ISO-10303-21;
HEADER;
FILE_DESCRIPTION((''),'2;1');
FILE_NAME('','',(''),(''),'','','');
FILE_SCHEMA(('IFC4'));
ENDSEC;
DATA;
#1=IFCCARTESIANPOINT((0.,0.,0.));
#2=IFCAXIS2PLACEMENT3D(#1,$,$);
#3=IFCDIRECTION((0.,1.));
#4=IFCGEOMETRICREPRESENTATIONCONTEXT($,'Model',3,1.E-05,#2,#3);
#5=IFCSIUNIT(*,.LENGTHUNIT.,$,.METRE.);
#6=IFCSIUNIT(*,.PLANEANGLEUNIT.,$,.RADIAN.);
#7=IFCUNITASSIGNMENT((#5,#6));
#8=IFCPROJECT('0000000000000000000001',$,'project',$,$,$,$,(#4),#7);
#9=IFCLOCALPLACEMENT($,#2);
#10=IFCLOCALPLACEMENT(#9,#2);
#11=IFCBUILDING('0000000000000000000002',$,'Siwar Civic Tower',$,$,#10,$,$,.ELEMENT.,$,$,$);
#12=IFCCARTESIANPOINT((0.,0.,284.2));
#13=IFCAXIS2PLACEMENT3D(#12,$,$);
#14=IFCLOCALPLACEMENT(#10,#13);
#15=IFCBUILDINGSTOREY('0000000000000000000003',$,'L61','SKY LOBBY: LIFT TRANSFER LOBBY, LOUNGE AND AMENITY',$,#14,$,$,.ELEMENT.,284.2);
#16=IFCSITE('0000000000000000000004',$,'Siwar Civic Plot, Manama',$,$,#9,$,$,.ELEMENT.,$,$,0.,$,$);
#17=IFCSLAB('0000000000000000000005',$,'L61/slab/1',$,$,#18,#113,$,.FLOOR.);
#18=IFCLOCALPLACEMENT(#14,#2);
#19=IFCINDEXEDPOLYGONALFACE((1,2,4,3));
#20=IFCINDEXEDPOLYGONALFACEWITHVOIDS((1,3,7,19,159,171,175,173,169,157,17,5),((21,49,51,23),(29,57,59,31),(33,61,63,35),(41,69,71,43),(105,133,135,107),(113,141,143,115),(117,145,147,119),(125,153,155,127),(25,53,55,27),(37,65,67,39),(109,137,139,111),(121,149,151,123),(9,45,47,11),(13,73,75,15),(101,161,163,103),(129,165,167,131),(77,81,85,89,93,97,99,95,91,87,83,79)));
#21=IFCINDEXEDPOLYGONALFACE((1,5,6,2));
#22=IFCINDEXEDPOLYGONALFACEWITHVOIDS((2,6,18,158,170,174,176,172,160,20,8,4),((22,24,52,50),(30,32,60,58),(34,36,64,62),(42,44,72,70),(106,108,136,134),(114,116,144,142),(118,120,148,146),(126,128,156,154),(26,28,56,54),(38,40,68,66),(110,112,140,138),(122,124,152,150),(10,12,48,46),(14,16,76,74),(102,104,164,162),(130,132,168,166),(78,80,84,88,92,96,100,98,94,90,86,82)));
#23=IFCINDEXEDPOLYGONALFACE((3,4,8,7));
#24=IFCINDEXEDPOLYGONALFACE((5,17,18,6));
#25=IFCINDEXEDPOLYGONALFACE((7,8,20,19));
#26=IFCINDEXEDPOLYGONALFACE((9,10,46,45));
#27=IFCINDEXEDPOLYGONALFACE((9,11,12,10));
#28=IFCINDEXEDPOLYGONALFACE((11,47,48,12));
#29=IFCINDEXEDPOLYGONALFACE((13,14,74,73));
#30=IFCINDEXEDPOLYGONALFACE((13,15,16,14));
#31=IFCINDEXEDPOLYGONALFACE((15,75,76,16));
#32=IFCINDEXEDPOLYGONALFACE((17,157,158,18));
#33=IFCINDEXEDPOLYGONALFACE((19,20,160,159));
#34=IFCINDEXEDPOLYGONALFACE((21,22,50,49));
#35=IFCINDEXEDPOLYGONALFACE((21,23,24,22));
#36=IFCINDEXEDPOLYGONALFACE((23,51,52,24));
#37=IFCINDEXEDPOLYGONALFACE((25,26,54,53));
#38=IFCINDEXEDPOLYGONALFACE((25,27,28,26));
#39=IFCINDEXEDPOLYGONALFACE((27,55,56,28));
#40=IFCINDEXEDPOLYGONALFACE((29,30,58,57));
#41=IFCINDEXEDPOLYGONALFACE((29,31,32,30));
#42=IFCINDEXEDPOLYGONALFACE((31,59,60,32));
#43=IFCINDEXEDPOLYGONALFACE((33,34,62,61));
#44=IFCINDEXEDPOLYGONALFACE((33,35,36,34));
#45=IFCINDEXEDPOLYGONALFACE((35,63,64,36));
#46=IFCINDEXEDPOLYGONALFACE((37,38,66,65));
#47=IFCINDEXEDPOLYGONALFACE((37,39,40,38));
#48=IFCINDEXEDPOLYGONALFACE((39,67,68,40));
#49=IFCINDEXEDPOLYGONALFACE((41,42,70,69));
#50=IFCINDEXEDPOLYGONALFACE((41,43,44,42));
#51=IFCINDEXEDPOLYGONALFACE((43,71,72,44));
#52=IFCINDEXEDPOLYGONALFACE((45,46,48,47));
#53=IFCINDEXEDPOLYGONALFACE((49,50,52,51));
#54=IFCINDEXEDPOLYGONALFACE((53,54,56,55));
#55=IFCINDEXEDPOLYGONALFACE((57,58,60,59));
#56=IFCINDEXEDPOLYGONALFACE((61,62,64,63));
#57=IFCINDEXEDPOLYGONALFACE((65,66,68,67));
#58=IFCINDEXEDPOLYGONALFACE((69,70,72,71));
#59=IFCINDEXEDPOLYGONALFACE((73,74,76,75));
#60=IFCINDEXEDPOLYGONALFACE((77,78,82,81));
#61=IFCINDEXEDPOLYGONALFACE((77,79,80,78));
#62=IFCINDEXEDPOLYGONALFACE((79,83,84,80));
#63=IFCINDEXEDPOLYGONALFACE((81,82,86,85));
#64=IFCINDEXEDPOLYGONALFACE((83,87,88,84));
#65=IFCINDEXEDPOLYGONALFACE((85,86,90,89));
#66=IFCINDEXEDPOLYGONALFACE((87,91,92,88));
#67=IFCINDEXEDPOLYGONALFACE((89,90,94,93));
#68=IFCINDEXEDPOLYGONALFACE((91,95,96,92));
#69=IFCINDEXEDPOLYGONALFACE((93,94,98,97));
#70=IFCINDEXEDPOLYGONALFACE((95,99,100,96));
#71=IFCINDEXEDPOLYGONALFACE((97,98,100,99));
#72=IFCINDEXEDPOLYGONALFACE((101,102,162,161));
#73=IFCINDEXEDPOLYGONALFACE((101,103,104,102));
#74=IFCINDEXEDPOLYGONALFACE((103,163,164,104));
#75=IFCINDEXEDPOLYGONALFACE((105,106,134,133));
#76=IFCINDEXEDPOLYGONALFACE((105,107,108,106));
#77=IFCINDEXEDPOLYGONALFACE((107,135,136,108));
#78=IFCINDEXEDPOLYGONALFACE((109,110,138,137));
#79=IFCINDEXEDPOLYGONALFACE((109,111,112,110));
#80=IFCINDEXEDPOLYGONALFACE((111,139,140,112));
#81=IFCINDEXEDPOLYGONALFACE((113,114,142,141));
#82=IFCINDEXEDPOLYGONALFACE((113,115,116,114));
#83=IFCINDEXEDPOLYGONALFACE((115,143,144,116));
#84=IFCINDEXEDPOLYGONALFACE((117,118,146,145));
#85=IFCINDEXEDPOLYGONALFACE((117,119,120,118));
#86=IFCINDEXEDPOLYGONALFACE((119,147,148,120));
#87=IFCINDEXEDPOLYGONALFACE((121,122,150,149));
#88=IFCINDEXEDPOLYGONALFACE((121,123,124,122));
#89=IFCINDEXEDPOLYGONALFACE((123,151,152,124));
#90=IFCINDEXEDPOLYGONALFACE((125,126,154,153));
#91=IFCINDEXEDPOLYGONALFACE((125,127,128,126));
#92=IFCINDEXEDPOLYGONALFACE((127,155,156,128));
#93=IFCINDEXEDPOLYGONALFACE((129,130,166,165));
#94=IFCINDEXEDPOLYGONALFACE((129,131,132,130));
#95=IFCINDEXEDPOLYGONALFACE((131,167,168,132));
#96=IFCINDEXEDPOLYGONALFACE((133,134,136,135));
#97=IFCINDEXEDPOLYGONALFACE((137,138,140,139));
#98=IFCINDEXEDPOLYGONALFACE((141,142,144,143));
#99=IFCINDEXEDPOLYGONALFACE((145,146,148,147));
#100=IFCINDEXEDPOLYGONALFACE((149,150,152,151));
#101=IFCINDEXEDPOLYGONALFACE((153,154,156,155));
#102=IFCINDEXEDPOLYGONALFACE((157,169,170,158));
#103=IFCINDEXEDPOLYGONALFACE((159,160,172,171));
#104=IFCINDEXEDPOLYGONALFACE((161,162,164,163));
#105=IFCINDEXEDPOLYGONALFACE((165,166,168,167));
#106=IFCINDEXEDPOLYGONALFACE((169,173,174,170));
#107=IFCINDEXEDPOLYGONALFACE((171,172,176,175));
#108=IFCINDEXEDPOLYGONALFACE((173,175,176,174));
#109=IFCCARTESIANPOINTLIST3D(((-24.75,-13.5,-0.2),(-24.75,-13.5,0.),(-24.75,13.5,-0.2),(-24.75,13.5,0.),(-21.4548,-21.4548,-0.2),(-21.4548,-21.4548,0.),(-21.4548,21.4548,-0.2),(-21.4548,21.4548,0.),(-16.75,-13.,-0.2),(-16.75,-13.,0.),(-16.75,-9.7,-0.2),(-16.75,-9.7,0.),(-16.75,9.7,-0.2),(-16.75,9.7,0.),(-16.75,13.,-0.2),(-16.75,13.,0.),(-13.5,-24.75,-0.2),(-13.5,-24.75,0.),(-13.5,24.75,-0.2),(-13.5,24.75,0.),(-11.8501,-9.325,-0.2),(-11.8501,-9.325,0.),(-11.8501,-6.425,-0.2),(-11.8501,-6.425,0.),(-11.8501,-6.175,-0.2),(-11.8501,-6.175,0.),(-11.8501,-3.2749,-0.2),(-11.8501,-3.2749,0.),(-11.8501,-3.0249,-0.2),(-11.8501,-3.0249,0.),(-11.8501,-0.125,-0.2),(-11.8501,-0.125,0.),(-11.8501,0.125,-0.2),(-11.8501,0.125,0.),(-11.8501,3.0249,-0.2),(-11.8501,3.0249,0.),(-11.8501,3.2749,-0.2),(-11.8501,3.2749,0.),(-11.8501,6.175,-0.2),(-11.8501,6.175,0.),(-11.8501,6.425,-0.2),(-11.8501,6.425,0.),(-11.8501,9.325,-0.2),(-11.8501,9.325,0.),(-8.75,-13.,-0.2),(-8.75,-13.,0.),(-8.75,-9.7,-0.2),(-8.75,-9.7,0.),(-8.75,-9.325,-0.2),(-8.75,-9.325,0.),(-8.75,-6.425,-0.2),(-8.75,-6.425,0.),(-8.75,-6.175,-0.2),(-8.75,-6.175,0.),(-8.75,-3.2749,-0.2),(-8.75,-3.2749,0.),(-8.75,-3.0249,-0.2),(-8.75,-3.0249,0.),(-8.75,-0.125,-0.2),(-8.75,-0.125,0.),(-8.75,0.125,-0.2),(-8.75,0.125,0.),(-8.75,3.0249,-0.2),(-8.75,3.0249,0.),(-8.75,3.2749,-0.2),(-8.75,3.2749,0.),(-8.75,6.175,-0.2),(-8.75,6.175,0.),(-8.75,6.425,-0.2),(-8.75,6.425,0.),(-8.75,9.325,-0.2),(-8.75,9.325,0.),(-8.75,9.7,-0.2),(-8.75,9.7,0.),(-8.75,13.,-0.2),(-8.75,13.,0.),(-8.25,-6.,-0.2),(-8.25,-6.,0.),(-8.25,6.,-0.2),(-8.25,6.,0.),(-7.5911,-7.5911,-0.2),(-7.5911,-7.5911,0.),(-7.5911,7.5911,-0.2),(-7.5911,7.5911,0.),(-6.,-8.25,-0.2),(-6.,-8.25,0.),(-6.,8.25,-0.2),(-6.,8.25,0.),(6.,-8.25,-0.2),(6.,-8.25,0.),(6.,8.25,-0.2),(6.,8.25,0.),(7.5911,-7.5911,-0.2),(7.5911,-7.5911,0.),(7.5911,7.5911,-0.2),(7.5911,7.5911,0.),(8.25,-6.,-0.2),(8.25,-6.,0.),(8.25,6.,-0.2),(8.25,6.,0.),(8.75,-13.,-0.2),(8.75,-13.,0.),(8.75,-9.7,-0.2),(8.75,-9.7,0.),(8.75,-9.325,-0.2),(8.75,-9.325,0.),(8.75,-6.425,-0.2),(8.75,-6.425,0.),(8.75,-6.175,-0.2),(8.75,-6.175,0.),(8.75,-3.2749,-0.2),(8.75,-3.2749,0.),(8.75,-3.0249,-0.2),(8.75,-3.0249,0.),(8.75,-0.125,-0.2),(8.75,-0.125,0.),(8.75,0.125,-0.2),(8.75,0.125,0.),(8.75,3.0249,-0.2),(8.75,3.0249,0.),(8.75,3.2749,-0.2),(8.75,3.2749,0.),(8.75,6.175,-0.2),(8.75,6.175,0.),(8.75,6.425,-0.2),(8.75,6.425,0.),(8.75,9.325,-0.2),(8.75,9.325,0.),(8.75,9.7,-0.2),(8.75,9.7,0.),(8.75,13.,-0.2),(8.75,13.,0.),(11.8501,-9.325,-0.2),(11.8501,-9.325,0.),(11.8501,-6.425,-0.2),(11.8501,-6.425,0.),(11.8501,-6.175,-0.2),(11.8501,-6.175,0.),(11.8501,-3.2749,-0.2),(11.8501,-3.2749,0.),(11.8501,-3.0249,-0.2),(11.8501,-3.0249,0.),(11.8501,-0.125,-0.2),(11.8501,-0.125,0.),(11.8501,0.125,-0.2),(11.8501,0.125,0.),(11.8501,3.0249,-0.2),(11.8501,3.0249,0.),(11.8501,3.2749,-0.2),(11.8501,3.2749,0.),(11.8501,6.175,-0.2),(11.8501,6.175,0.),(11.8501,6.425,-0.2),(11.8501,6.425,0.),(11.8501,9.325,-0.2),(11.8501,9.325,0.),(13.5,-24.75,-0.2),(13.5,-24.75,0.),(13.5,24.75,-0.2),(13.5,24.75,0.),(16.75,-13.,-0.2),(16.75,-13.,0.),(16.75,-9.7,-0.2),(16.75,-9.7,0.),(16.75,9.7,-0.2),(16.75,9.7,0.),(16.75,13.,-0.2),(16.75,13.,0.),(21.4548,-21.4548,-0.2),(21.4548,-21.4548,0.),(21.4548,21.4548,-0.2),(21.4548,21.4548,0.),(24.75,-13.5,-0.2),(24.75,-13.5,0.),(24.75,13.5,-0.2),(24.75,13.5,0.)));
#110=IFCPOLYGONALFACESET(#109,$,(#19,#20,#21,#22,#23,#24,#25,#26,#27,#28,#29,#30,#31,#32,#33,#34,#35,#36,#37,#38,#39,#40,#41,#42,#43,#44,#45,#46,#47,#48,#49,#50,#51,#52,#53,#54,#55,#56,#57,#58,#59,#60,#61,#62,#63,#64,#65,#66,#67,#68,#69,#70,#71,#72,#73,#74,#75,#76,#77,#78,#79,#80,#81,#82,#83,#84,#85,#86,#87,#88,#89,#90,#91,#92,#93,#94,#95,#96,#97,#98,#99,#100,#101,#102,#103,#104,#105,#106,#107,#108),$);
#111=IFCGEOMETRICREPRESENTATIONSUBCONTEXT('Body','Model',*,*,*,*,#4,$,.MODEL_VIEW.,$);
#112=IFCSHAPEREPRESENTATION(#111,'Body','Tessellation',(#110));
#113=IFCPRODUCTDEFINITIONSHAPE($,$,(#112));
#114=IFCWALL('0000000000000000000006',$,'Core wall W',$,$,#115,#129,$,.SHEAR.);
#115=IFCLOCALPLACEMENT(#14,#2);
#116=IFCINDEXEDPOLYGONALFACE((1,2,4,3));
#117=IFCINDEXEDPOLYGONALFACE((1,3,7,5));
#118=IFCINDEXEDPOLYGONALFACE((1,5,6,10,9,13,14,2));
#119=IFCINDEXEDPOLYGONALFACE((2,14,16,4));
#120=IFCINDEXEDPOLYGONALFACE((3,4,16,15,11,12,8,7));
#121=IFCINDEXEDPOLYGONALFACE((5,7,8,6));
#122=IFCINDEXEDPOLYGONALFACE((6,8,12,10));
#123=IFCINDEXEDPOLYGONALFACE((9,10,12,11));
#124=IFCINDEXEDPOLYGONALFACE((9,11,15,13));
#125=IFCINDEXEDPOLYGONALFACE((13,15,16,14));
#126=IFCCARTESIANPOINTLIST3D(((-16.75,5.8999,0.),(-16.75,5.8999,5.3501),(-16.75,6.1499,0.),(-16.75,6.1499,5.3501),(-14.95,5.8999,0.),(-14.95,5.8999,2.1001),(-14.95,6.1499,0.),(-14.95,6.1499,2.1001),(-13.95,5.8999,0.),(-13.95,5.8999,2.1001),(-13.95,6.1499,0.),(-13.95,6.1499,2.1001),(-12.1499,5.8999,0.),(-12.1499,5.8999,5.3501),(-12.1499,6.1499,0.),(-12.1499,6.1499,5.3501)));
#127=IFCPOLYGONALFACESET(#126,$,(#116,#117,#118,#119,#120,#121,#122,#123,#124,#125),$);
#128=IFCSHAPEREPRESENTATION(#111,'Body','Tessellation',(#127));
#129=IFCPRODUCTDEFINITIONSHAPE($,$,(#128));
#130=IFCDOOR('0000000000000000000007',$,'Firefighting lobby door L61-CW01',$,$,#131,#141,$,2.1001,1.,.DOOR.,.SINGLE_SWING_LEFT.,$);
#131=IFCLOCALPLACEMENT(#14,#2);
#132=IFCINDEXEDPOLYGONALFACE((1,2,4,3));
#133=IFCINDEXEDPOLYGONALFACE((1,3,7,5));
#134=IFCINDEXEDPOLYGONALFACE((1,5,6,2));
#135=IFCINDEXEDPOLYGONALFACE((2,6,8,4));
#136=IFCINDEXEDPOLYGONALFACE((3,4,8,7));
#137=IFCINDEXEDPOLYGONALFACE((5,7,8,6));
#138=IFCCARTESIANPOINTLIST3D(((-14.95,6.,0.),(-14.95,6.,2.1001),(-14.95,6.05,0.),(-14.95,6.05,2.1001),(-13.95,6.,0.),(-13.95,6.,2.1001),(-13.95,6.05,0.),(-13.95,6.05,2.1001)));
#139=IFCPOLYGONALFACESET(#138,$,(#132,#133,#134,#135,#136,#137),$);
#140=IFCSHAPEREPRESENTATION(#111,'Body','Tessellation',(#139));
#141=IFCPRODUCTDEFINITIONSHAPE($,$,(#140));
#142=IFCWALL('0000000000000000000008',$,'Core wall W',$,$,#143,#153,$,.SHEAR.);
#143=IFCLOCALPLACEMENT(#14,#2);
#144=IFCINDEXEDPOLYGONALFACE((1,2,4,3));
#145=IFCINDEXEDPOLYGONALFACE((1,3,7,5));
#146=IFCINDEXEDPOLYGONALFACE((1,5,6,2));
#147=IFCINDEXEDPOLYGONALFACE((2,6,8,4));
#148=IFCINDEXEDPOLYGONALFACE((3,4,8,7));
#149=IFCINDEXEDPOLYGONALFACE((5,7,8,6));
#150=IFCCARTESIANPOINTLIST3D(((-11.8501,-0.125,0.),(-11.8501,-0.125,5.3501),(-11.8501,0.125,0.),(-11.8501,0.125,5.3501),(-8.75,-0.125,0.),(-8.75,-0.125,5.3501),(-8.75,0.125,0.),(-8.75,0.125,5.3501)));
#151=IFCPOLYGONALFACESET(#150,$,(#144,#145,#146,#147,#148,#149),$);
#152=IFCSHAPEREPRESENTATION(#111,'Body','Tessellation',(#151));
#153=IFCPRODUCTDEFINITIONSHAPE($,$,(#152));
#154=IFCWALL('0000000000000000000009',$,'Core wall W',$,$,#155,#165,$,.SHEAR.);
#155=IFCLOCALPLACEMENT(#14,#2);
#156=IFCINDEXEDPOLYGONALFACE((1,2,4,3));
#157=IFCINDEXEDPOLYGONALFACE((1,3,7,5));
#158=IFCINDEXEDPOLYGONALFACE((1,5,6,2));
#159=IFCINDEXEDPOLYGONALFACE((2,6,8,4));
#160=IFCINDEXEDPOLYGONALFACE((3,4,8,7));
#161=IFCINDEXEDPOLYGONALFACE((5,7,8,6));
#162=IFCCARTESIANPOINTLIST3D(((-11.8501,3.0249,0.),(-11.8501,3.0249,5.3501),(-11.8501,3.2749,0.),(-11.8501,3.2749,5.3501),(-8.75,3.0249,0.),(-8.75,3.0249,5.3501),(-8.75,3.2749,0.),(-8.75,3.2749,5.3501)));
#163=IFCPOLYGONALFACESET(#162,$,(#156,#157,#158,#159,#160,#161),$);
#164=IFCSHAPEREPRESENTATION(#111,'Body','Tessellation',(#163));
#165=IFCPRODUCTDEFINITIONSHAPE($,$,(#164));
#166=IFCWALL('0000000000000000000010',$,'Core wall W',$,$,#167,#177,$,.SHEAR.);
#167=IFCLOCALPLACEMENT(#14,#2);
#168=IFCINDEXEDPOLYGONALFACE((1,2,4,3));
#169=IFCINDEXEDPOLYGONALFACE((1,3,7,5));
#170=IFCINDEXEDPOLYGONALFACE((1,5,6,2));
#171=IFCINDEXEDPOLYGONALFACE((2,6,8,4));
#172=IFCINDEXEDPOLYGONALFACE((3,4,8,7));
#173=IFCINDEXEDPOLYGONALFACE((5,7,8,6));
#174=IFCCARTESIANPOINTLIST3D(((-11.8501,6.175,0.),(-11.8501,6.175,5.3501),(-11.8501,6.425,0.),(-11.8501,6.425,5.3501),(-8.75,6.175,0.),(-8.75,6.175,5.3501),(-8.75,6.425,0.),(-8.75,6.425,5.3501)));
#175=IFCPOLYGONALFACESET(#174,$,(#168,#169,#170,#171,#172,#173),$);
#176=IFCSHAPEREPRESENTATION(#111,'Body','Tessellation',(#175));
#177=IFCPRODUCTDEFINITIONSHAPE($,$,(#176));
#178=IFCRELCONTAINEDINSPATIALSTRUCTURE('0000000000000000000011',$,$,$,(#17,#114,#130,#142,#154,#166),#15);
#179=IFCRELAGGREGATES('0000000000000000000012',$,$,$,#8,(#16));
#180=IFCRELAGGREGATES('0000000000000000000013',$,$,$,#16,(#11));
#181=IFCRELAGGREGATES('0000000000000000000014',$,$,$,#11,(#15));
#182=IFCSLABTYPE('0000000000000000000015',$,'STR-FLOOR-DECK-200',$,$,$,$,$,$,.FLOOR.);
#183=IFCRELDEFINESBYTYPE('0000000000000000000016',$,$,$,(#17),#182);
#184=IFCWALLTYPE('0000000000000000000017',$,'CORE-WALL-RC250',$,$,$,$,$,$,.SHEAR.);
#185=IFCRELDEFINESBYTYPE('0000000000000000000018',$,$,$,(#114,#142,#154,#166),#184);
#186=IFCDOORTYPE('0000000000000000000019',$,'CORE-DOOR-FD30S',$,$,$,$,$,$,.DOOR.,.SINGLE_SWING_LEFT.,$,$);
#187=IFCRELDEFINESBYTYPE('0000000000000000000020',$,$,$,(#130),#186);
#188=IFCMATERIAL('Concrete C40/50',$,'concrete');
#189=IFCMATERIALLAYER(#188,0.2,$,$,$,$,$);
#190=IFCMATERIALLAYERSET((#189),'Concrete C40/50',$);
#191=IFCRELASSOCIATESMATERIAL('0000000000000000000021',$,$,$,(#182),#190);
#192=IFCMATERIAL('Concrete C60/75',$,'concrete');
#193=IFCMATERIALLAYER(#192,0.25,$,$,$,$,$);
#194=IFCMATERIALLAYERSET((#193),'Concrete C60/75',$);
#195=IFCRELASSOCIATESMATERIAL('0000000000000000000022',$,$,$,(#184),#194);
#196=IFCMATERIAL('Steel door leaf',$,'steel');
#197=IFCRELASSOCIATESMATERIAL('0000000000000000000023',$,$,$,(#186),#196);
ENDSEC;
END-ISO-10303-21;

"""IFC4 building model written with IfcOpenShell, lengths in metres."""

from ifc_helpers import new_model, si_unit, direction, frame, frame_2d, origin, place, context, subcontext, project, spatial, polyline, rectangle, outline, extrude, material, layer, layer_set, type_object, element, fill, save


model = new_model("IFC4")

# Units and contexts
model_context = context("Model", 3, precision=1e-05, world=origin(), true_north=direction((0.0, 1.0)))
body_context = subcontext(model_context, "Body", "Model", "MODEL_VIEW")
ifc_project = project(units=[si_unit("LENGTHUNIT", "METRE"), si_unit("PLANEANGLEUNIT", "RADIAN")], contexts=[model_context])

# Site, building, storey
site_placement = place(None, origin())
site = spatial("IfcSite", under=ifc_project, at=site_placement, Name="Siwar Civic Plot, Manama", CompositionType="ELEMENT", RefElevation=0.0)
building_placement = place(site_placement, origin())
building = spatial("IfcBuilding", under=site, at=building_placement, Name="Siwar Civic Tower", CompositionType="ELEMENT")
storey_placement = place(building_placement, frame((0.0, 0.0, 284.2)))
storey = spatial("IfcBuildingStorey", under=building, at=storey_placement, Name="L61", Description="SKY LOBBY: LIFT TRANSFER LOBBY, LOUNGE AND AMENITY", CompositionType="ELEMENT", Elevation=284.2)

# Slab
ifc_material_1 = material(Name="Concrete C40/50", Category="concrete")
ifc_layer_1 = layer(ifc_material_1, 0.2)
ifc_layer_set_1 = layer_set([ifc_layer_1], Name="Concrete C40/50")
slab_type_1 = type_object("IfcSlabType", Name="STR-FLOOR-DECK-200", PredefinedType="FLOOR", material=ifc_layer_set_1)
slab_1_placement = place(storey_placement, frame((0.0, 0.0, -0.2)))
element("IfcSlab", 1, at=slab_1_placement, inside=storey, type_object=slab_type_1, Name="L61/slab/1", PredefinedType="FLOOR", context=body_context, shape_type="SweptSolid", body=[
    extrude(outline(polyline([(-13.5, -24.75), (13.5, -24.75), (21.4548, -21.4548), (24.75, -13.5), (24.75, 13.5), (21.4548, 21.4548), (13.5, 24.75), (-13.5, 24.75), (-21.4548, 21.4548), (-24.75, 13.5), (-24.75, -13.5), (-21.4548, -21.4548), (-13.5, -24.75)]), holes=[polyline([(16.75, 13.0), (16.75, 9.7), (8.75, 9.7), (8.75, 13.0), (16.75, 13.0)]), polyline([(8.75, -9.7), (16.75, -9.7), (16.75, -13.0), (8.75, -13.0), (8.75, -9.7)]), polyline([(11.8501, 9.325), (11.8501, 6.425), (8.75, 6.425), (8.75, 9.325), (11.8501, 9.325)]), polyline([(8.75, 6.175), (11.8501, 6.175), (11.8501, 3.2749), (8.75, 3.2749), (8.75, 6.175)]), polyline([(8.75, 3.0249), (11.8501, 3.0249), (11.8501, 0.125), (8.75, 0.125), (8.75, 3.0249)]), polyline([(8.75, -0.125), (11.8501, -0.125), (11.8501, -3.0249), (8.75, -3.0249), (8.75, -0.125)]), polyline([(8.75, -3.2749), (11.8501, -3.2749), (11.8501, -6.175), (8.75, -6.175), (8.75, -3.2749)]), polyline([(8.75, -6.425), (11.8501, -6.425), (11.8501, -9.325), (8.75, -9.325), (8.75, -6.425)]), polyline([(-6.0, 8.25), (6.0, 8.25), (7.5911, 7.5911), (8.25, 6.0), (8.25, -6.0), (7.5911, -7.5911), (6.0, -8.25), (-6.0, -8.25), (-7.5911, -7.5911), (-8.25, -6.0), (-8.25, 6.0), (-7.5911, 7.5911), (-6.0, 8.25)]), polyline([(-8.75, -13.0), (-16.75, -13.0), (-16.75, -9.7), (-8.75, -9.7), (-8.75, -13.0)]), polyline([(-8.75, 9.7), (-16.75, 9.7), (-16.75, 13.0), (-8.75, 13.0), (-8.75, 9.7)]), polyline([(-8.75, 6.425), (-11.8501, 6.425), (-11.8501, 9.325), (-8.75, 9.325), (-8.75, 6.425)]), polyline([(-8.75, 3.2749), (-11.8501, 3.2749), (-11.8501, 6.175), (-8.75, 6.175), (-8.75, 3.2749)]), polyline([(-8.75, 0.125), (-11.8501, 0.125), (-11.8501, 3.0249), (-8.75, 3.0249), (-8.75, 0.125)]), polyline([(-8.75, -3.0249), (-11.8501, -3.0249), (-11.8501, -0.125), (-8.75, -0.125), (-8.75, -3.0249)]), polyline([(-8.75, -6.175), (-11.8501, -6.175), (-11.8501, -3.2749), (-8.75, -3.2749), (-8.75, -6.175)]), polyline([(-8.75, -9.325), (-11.8501, -9.325), (-11.8501, -6.425), (-8.75, -6.425), (-8.75, -9.325)])]), origin(), (0.0, 0.0, 1.0), 0.2),
])

# Wall, opening, door
ifc_material_2 = material(Name="Concrete C60/75", Category="concrete")
ifc_layer_2 = layer(ifc_material_2, 0.25)
ifc_layer_set_2 = layer_set([ifc_layer_2], Name="Concrete C60/75")
wall_type_1 = type_object("IfcWallType", Name="CORE-WALL-RC250", PredefinedType="SHEAR", material=ifc_layer_set_2)
wall_1_placement = place(storey_placement, frame((-12.1499, 6.0249, 0.0), z_axis=(0.0, 0.0, 1.0), x_axis=(-1.0, 0.0, 0.0)))
wall_1 = element("IfcWall", 2, at=wall_1_placement, inside=storey, type_object=wall_type_1, Name="Core wall W", PredefinedType="SHEAR", context=body_context, shape_type="SweptSolid", body=[
    extrude(rectangle(XDim=4.6001, YDim=0.25, at=frame_2d((2.3, 0.0))), origin(), (0.0, 0.0, 1.0), 5.3501),
])
opening_1_placement = place(wall_1_placement, frame((1.8, 0.0, 0.0)))
opening_1 = element("IfcOpeningElement", 3, at=opening_1_placement, cuts=wall_1, PredefinedType="OPENING", context=body_context, shape_type="SweptSolid", body=[
    extrude(rectangle(XDim=1.0, YDim=2.1001, at=frame_2d((0.5, 1.05))), frame((0.0, 0.135, 0.0), z_axis=(0.0, -1.0, 0.0), x_axis=(1.0, 0.0, 0.0)), (0.0, 0.0, 1.0), 0.27),
])
ifc_material_3 = material(Name="Steel door leaf", Category="steel")
door_type_1 = type_object("IfcDoorType", Name="CORE-DOOR-FD30S", OperationType="SINGLE_SWING_LEFT", PredefinedType="DOOR", material=ifc_material_3)
door_1_placement = place(opening_1_placement, origin())
door_1 = element("IfcDoor", 4, at=door_1_placement, inside=storey, type_object=door_type_1, Name="Firefighting lobby door L61-CW01", OperationType="SINGLE_SWING_LEFT", OverallHeight=2.1001, OverallWidth=1.0, PredefinedType="DOOR", context=body_context, shape_type="SweptSolid", body=[
    extrude(rectangle(XDim=1.0, YDim=2.1001, at=frame_2d((0.5, 1.05))), frame((0.0, 0.0249, 0.0), z_axis=(0.0, -1.0, 0.0), x_axis=(1.0, 0.0, 0.0)), (0.0, 0.0, 1.0), 0.05),
])
fill(opening_1, door_1)

# Walls
for number, where, z_axis, x_axis, name in (
    (5, (-8.75, 0.0, 0.0), (0.0, 0.0, 1.0), (-1.0, 0.0, 0.0), "Core wall W"),
    (6, (-8.75, 3.1499, 0.0), (0.0, 0.0, 1.0), (-1.0, 0.0, 0.0), "Core wall W"),
    (7, (-8.75, 6.3, 0.0), (0.0, 0.0, 1.0), (-1.0, 0.0, 0.0), "Core wall W"),
):
    element("IfcWall", number, at=place(storey_placement, frame(where, z_axis=z_axis, x_axis=x_axis)), inside=storey, type_object=wall_type_1, Name=name, PredefinedType="SHEAR", context=body_context, shape_type="SweptSolid", body=[
        extrude(rectangle(XDim=3.1001, YDim=0.25, at=frame_2d((1.55, 0.0))), origin(), (0.0, 0.0, 1.0), 5.3501),
    ])

save(model, "model.ifc")
